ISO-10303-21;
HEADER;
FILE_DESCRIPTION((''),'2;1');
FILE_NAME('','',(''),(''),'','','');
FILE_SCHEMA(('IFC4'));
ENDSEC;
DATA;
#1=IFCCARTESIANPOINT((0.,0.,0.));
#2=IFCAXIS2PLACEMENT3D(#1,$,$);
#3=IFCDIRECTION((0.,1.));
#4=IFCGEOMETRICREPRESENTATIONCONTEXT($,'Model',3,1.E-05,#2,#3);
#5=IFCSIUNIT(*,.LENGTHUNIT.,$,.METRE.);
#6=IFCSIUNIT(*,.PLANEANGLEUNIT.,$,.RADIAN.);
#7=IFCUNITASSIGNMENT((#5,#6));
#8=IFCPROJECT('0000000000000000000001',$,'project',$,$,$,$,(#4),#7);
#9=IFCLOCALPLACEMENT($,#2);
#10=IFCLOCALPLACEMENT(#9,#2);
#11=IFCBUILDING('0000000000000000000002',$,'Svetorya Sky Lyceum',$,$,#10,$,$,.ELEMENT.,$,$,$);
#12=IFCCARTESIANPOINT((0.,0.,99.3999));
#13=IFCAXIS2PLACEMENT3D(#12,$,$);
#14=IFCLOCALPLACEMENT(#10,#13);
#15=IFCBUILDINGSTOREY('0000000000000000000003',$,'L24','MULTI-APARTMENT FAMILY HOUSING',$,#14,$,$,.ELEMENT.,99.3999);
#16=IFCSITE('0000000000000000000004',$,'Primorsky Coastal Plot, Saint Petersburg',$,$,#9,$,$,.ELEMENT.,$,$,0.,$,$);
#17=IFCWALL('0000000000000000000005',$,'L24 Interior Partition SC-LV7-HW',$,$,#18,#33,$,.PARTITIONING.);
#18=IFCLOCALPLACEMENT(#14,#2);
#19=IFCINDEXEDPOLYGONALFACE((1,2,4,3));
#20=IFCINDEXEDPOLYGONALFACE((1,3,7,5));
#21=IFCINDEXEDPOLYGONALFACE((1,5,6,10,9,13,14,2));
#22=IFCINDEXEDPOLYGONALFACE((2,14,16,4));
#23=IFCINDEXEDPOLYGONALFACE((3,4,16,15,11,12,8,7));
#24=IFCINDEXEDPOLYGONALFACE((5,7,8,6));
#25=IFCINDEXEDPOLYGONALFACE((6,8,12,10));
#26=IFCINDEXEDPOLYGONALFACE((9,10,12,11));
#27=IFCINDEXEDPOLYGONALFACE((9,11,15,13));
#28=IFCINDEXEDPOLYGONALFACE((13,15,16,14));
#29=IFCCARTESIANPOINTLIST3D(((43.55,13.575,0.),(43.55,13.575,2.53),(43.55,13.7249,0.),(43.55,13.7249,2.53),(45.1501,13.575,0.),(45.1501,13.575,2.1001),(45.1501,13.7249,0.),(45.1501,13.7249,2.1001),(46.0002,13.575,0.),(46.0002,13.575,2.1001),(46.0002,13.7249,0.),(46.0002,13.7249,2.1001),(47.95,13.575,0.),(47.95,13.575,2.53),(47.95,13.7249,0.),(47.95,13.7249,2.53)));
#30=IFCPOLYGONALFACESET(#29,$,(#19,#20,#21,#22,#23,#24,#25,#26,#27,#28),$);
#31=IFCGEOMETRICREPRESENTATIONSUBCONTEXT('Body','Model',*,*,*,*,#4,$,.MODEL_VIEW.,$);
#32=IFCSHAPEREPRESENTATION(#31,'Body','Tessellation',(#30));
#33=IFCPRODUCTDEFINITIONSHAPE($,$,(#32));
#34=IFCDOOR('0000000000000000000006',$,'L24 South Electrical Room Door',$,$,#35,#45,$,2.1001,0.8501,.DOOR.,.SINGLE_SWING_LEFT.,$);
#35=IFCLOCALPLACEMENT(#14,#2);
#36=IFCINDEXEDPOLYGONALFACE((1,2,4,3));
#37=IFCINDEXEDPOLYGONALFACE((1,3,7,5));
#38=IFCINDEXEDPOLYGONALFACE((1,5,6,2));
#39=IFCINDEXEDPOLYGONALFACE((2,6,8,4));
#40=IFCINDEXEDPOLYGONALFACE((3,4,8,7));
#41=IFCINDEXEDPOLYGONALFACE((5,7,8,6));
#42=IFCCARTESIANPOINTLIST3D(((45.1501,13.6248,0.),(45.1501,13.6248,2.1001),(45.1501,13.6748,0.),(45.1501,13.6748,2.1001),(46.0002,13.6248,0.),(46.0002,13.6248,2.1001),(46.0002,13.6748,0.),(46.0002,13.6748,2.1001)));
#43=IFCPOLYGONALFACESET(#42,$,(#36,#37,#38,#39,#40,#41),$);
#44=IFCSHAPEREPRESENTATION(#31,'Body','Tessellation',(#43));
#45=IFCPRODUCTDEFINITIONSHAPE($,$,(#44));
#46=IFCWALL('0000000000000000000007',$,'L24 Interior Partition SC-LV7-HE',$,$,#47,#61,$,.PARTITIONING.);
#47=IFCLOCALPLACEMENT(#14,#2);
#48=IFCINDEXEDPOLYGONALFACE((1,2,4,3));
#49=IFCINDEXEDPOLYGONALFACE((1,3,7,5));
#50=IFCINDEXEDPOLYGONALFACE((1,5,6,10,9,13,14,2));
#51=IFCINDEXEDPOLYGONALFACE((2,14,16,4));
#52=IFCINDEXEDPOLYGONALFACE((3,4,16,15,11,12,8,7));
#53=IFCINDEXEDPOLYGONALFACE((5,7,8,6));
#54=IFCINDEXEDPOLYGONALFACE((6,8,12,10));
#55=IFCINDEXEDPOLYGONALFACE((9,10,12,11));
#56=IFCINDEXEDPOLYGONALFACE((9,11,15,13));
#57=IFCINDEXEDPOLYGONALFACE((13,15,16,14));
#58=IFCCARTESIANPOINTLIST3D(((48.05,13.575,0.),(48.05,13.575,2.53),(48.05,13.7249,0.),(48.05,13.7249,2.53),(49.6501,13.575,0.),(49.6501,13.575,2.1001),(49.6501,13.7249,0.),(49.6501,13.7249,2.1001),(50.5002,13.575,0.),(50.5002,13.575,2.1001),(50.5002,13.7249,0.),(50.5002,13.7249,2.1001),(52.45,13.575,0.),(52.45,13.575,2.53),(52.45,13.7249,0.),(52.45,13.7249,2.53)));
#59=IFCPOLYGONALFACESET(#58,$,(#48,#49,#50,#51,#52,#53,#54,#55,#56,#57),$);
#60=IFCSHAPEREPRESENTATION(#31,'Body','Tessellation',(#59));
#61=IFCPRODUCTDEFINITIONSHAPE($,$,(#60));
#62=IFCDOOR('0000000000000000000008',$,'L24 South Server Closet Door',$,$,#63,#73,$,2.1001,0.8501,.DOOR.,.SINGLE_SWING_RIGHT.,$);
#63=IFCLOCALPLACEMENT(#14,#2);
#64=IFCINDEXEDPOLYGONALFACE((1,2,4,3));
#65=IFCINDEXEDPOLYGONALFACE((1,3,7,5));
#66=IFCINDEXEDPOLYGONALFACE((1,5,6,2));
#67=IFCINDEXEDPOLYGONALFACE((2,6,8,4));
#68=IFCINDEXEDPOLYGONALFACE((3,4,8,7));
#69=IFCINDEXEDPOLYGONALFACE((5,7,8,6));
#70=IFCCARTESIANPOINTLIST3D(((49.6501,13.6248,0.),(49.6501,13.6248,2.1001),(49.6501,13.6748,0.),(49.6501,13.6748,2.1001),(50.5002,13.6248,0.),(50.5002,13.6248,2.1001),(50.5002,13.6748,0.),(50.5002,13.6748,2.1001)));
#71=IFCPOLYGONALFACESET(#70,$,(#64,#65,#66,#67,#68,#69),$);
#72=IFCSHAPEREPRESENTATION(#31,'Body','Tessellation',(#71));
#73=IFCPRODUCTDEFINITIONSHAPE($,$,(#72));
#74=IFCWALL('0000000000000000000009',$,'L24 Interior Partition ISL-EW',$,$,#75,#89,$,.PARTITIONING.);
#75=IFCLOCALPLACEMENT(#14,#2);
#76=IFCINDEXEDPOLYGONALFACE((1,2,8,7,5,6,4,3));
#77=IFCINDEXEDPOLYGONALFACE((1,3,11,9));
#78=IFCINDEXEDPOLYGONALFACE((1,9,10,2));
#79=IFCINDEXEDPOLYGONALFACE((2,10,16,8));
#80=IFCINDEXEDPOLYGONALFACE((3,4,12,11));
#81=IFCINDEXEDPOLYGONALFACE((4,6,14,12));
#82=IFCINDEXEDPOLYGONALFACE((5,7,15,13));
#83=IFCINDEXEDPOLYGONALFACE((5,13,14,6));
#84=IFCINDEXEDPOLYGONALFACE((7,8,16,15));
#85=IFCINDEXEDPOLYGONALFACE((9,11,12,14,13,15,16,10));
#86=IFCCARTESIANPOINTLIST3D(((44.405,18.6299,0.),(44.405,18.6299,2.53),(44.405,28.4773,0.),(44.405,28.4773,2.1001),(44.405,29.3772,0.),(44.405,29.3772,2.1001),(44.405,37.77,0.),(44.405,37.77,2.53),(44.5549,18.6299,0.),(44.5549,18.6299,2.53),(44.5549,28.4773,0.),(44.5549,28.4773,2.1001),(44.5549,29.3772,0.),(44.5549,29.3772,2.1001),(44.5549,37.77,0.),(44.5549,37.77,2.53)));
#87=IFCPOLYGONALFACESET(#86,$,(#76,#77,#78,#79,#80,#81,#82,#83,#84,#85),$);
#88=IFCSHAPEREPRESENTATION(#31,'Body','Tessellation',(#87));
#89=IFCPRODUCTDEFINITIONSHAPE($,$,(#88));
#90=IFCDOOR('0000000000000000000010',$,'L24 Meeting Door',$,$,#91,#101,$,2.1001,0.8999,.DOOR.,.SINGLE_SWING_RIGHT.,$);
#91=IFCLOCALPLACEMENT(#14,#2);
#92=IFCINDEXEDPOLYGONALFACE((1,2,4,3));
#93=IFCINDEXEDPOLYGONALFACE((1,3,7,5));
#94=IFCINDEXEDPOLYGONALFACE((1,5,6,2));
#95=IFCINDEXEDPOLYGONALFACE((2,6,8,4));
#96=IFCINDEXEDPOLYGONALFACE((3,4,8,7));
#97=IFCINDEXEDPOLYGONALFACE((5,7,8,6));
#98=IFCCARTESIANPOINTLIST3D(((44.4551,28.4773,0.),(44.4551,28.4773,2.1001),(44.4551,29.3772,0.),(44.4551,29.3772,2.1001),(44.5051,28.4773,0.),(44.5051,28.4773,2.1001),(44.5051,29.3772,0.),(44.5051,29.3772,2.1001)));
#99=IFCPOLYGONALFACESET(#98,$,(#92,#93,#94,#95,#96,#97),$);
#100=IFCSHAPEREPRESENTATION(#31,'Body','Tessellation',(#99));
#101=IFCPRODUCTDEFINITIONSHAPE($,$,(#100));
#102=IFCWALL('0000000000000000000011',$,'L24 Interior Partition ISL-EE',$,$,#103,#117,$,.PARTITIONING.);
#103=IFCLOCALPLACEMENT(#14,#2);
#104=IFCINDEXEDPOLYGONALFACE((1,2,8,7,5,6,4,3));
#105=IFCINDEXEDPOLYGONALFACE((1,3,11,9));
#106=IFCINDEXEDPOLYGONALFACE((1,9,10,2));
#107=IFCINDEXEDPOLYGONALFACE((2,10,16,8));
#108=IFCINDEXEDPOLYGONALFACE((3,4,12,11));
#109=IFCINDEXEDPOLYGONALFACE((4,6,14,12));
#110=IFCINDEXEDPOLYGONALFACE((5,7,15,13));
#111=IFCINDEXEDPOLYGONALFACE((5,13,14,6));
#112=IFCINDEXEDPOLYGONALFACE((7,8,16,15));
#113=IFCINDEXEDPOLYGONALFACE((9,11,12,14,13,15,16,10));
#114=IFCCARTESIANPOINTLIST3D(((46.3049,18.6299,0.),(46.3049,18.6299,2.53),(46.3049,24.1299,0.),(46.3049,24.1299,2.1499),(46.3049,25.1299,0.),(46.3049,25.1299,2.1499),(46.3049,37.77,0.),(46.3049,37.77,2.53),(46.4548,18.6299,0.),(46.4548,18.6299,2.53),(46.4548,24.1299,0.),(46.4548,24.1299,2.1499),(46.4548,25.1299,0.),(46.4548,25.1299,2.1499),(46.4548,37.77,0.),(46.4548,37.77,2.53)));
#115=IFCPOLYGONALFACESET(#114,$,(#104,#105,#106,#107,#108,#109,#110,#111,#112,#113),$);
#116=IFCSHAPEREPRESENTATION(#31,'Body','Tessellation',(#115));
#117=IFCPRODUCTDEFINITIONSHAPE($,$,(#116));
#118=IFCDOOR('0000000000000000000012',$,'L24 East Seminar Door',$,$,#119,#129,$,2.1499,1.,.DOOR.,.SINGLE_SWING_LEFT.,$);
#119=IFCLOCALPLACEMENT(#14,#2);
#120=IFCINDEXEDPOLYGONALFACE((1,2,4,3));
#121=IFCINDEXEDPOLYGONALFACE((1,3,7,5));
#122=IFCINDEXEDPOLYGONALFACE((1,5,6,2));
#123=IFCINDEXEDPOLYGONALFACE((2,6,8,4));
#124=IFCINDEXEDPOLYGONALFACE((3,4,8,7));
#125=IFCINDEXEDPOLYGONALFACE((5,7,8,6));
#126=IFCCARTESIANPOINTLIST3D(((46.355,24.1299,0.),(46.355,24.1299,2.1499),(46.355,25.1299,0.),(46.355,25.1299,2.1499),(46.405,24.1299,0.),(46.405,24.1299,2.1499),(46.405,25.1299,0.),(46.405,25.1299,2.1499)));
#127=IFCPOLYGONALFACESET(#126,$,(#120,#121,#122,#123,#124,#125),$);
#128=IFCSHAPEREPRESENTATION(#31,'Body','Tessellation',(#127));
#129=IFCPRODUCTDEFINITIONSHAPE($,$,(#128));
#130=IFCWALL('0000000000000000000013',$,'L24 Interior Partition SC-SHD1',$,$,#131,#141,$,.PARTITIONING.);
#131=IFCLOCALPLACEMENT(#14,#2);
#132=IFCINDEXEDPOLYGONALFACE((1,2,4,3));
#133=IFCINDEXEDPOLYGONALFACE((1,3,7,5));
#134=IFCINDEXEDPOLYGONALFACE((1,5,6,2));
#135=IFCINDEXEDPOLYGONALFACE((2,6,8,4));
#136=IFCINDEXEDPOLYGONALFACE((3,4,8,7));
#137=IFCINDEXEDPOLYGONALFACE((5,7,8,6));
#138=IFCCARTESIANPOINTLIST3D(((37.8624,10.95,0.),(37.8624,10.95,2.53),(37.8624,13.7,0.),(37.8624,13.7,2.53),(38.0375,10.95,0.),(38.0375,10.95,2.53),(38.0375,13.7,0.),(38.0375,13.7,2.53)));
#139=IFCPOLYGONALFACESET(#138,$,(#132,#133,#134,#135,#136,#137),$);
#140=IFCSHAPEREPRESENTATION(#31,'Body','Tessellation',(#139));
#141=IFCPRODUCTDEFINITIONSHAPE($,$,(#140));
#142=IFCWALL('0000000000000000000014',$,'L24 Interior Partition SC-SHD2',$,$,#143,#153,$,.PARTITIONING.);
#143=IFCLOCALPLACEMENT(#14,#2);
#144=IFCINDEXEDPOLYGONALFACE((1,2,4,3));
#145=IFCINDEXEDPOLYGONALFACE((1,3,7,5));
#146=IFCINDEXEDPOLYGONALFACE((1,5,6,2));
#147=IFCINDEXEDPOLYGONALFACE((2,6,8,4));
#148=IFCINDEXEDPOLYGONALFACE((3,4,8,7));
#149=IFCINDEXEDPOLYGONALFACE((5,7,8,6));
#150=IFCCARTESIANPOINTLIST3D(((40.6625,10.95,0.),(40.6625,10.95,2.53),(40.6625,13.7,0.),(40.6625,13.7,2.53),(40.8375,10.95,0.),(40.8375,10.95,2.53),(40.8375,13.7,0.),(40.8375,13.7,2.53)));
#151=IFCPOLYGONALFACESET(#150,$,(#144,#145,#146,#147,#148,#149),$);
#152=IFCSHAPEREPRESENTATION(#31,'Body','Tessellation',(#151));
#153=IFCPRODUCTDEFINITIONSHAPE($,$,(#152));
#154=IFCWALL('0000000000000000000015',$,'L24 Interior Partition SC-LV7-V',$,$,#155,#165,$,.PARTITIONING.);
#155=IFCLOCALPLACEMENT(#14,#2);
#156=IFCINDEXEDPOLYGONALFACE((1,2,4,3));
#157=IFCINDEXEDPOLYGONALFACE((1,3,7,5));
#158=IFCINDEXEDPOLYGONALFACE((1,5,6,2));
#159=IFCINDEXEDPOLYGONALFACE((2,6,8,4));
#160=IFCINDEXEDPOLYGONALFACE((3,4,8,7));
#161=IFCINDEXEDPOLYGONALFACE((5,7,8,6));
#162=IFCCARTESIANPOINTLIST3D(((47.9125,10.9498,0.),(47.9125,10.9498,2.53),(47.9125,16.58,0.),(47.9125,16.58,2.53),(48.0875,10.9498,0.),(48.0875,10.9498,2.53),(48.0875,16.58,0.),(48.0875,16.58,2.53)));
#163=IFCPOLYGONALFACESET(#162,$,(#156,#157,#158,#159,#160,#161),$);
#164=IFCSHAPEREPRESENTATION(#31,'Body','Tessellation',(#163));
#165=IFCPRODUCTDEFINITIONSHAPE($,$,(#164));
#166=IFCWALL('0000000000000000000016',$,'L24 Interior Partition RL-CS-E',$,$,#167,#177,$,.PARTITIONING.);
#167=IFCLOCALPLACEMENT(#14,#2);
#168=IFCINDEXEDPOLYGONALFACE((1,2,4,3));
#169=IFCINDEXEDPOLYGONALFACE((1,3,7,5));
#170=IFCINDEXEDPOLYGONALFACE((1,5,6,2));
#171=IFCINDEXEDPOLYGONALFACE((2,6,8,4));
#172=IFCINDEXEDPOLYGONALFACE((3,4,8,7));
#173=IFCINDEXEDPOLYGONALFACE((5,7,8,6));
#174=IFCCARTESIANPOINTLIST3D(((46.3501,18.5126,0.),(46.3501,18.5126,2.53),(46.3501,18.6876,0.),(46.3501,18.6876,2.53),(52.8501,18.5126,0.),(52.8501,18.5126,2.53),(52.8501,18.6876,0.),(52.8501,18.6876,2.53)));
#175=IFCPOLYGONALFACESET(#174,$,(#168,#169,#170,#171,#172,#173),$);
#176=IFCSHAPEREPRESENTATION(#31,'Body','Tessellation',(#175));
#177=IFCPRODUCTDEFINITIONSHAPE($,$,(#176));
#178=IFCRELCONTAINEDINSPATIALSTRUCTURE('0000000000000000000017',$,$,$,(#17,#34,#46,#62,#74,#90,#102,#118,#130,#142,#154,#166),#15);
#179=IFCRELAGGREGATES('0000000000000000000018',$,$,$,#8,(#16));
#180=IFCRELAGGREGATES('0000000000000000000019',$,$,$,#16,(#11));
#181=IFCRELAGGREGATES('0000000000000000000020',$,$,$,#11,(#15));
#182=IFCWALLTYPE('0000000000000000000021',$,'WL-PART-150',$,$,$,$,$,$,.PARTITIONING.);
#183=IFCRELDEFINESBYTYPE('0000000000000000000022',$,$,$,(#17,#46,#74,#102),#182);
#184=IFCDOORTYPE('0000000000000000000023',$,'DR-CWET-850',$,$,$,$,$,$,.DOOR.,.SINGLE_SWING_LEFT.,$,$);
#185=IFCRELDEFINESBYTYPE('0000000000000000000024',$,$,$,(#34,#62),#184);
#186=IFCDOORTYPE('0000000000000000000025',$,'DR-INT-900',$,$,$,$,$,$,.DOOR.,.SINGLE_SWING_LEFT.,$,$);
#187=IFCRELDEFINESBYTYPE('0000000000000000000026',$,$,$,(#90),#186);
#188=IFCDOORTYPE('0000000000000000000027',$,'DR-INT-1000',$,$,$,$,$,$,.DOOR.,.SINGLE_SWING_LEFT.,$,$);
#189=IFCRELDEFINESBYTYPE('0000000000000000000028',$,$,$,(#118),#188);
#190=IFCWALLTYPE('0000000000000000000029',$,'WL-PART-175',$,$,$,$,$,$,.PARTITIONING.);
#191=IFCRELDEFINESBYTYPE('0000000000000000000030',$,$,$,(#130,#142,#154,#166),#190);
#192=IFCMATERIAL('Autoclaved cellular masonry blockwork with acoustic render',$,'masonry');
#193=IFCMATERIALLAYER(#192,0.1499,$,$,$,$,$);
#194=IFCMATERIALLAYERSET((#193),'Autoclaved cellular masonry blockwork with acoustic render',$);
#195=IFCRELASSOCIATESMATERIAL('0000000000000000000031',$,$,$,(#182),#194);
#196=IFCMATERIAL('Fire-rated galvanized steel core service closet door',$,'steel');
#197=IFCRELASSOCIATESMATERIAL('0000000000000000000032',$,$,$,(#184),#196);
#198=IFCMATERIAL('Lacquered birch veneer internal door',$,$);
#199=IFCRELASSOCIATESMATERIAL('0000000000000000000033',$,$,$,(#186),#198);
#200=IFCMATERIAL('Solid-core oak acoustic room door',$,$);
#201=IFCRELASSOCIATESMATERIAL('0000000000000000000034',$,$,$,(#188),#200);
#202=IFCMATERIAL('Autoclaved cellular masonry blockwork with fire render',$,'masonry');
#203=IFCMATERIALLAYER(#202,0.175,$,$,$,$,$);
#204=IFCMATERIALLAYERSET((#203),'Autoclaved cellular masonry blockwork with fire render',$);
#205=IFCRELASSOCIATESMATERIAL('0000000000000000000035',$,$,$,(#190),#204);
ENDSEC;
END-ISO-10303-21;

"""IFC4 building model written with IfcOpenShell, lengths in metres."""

from ifc_helpers import new_model, si_unit, direction, frame, frame_2d, origin, place, context, subcontext, project, spatial, rectangle, extrude, material, layer, layer_set, type_object, element, fill, save


model = new_model("IFC4")

# Units and contexts
model_context = context("Model", 3, precision=1e-05, world=origin(), true_north=direction((0.0, 1.0)))
body_context = subcontext(model_context, "Body", "Model", "MODEL_VIEW")
ifc_project = project(units=[si_unit("LENGTHUNIT", "METRE"), si_unit("PLANEANGLEUNIT", "RADIAN")], contexts=[model_context])

# Site, building, storey
site_placement = place(None, origin())
site = spatial("IfcSite", under=ifc_project, at=site_placement, Name="Primorsky Coastal Plot, Saint Petersburg", CompositionType="ELEMENT", RefElevation=0.0)
building_placement = place(site_placement, origin())
building = spatial("IfcBuilding", under=site, at=building_placement, Name="Svetorya Sky Lyceum", CompositionType="ELEMENT")
storey_placement = place(building_placement, frame((0.0, 0.0, 99.3999)))
storey = spatial("IfcBuildingStorey", under=building, at=storey_placement, Name="L24", Description="MULTI-APARTMENT FAMILY HOUSING", CompositionType="ELEMENT", Elevation=99.3999)

# Walls, openings, doors
ifc_material_1 = material(Name="Autoclaved cellular masonry blockwork with acoustic render", Category="masonry")
ifc_layer_1 = layer(ifc_material_1, 0.1499)
ifc_layer_set_1 = layer_set([ifc_layer_1], Name="Autoclaved cellular masonry blockwork with acoustic render")
wall_type_1 = type_object("IfcWallType", Name="WL-PART-150", PredefinedType="PARTITIONING", material=ifc_layer_set_1)
wall_1_placement = place(storey_placement, frame((43.55, 13.6499, 0.0), z_axis=(0.0, 0.0, 1.0), x_axis=(1.0, 0.0, 0.0)))
wall_1 = element("IfcWall", 1, at=wall_1_placement, inside=storey, type_object=wall_type_1, Name="L24 Interior Partition SC-LV7-HW", PredefinedType="PARTITIONING", context=body_context, shape_type="SweptSolid", body=[
    extrude(rectangle(XDim=4.3999, YDim=0.1499, at=frame_2d((2.2, 0.0))), origin(), (0.0, 0.0, 1.0), 2.53),
])
opening_1_placement = place(wall_1_placement, frame((1.6001, 0.0, 0.0)))
opening_1 = element("IfcOpeningElement", 2, at=opening_1_placement, cuts=wall_1, PredefinedType="OPENING", context=body_context, shape_type="SweptSolid", body=[
    extrude(rectangle(XDim=0.8501, YDim=2.1001, at=frame_2d((0.425, 1.05))), frame((0.0, 0.085, 0.0), z_axis=(0.0, -1.0, 0.0), x_axis=(1.0, 0.0, 0.0)), (0.0, 0.0, 1.0), 0.1699),
])
ifc_material_2 = material(Name="Fire-rated galvanized steel core service closet door", Category="steel")
door_type_1 = type_object("IfcDoorType", Name="DR-CWET-850", OperationType="SINGLE_SWING_LEFT", PredefinedType="DOOR", material=ifc_material_2)
door_1_placement = place(opening_1_placement, origin())
door_1 = element("IfcDoor", 3, at=door_1_placement, inside=storey, type_object=door_type_1, Name="L24 South Electrical Room Door", OperationType="SINGLE_SWING_LEFT", OverallHeight=2.1001, OverallWidth=0.8501, PredefinedType="DOOR", context=body_context, shape_type="SweptSolid", body=[
    extrude(rectangle(XDim=0.8501, YDim=2.1001, at=frame_2d((0.425, 1.05))), frame((0.0, 0.0249, 0.0), z_axis=(0.0, -1.0, 0.0), x_axis=(1.0, 0.0, 0.0)), (0.0, 0.0, 1.0), 0.05),
])
fill(opening_1, door_1)
wall_2_placement = place(storey_placement, frame((48.05, 13.6499, 0.0), z_axis=(0.0, 0.0, 1.0), x_axis=(1.0, 0.0, 0.0)))
wall_2 = element("IfcWall", 4, at=wall_2_placement, inside=storey, type_object=wall_type_1, Name="L24 Interior Partition SC-LV7-HE", PredefinedType="PARTITIONING", context=body_context, shape_type="SweptSolid", body=[
    extrude(rectangle(XDim=4.3999, YDim=0.1499, at=frame_2d((2.2, 0.0))), origin(), (0.0, 0.0, 1.0), 2.53),
])
opening_2_placement = place(wall_2_placement, frame((1.6001, 0.0, 0.0)))
opening_2 = element("IfcOpeningElement", 5, at=opening_2_placement, cuts=wall_2, PredefinedType="OPENING", context=body_context, shape_type="SweptSolid", body=[
    extrude(rectangle(XDim=0.8501, YDim=2.1001, at=frame_2d((0.425, 1.05))), frame((0.0, 0.085, 0.0), z_axis=(0.0, -1.0, 0.0), x_axis=(1.0, 0.0, 0.0)), (0.0, 0.0, 1.0), 0.1699),
])
door_2_placement = place(opening_2_placement, origin())
door_2 = element("IfcDoor", 6, at=door_2_placement, inside=storey, type_object=door_type_1, Name="L24 South Server Closet Door", OperationType="SINGLE_SWING_RIGHT", OverallHeight=2.1001, OverallWidth=0.8501, PredefinedType="DOOR", context=body_context, shape_type="SweptSolid", body=[
    extrude(rectangle(XDim=0.8501, YDim=2.1001, at=frame_2d((0.425, 1.05))), frame((0.0, 0.0249, 0.0), z_axis=(0.0, -1.0, 0.0), x_axis=(1.0, 0.0, 0.0)), (0.0, 0.0, 1.0), 0.05),
])
fill(opening_2, door_2)
wall_3_placement = place(storey_placement, frame((44.48, 18.6299, 0.0), z_axis=(0.0, 0.0, 1.0), x_axis=(0.0, 1.0, 0.0)))
wall_3 = element("IfcWall", 7, at=wall_3_placement, inside=storey, type_object=wall_type_1, Name="L24 Interior Partition ISL-EW", PredefinedType="PARTITIONING", context=body_context, shape_type="SweptSolid", body=[
    extrude(rectangle(XDim=19.1401, YDim=0.1499, at=frame_2d((9.5701, 0.0))), origin(), (0.0, 0.0, 1.0), 2.53),
])
opening_3_placement = place(wall_3_placement, frame((9.8474, 0.0, 0.0)))
opening_3 = element("IfcOpeningElement", 8, at=opening_3_placement, cuts=wall_3, PredefinedType="OPENING", context=body_context, shape_type="SweptSolid", body=[
    extrude(rectangle(XDim=0.8999, YDim=2.1001, at=frame_2d((0.45, 1.05))), frame((0.0, 0.085, 0.0), z_axis=(0.0, -1.0, 0.0), x_axis=(1.0, 0.0, 0.0)), (0.0, 0.0, 1.0), 0.1699),
])
ifc_material_3 = material(Name="Lacquered birch veneer internal door")
door_type_2 = type_object("IfcDoorType", Name="DR-INT-900", OperationType="SINGLE_SWING_LEFT", PredefinedType="DOOR", material=ifc_material_3)
door_3_placement = place(opening_3_placement, origin())
door_3 = element("IfcDoor", 9, at=door_3_placement, inside=storey, type_object=door_type_2, Name="L24 Meeting Door", OperationType="SINGLE_SWING_RIGHT", OverallHeight=2.1001, OverallWidth=0.8999, PredefinedType="DOOR", context=body_context, shape_type="SweptSolid", body=[
    extrude(rectangle(XDim=0.8999, YDim=2.1001, at=frame_2d((0.45, 1.05))), frame((0.0, 0.0249, 0.0), z_axis=(0.0, -1.0, 0.0), x_axis=(1.0, 0.0, 0.0)), (0.0, 0.0, 1.0), 0.05),
])
fill(opening_3, door_3)
wall_4_placement = place(storey_placement, frame((46.3799, 18.6299, 0.0), z_axis=(0.0, 0.0, 1.0), x_axis=(0.0, 1.0, 0.0)))
wall_4 = element("IfcWall", 10, at=wall_4_placement, inside=storey, type_object=wall_type_1, Name="L24 Interior Partition ISL-EE", PredefinedType="PARTITIONING", context=body_context, shape_type="SweptSolid", body=[
    extrude(rectangle(XDim=19.1401, YDim=0.1499, at=frame_2d((9.5701, 0.0))), origin(), (0.0, 0.0, 1.0), 2.53),
])
opening_4_placement = place(wall_4_placement, frame((5.5, 0.0, 0.0)))
opening_4 = element("IfcOpeningElement", 11, at=opening_4_placement, cuts=wall_4, PredefinedType="OPENING", context=body_context, shape_type="SweptSolid", body=[
    extrude(rectangle(XDim=1.0, YDim=2.1499, at=frame_2d((0.5, 1.075))), frame((0.0, 0.085, 0.0), z_axis=(0.0, -1.0, 0.0), x_axis=(1.0, 0.0, 0.0)), (0.0, 0.0, 1.0), 0.1699),
])
ifc_material_4 = material(Name="Solid-core oak acoustic room door")
door_type_3 = type_object("IfcDoorType", Name="DR-INT-1000", OperationType="SINGLE_SWING_LEFT", PredefinedType="DOOR", material=ifc_material_4)
door_4_placement = place(opening_4_placement, origin())
door_4 = element("IfcDoor", 12, at=door_4_placement, inside=storey, type_object=door_type_3, Name="L24 East Seminar Door", OperationType="SINGLE_SWING_LEFT", OverallHeight=2.1499, OverallWidth=1.0, PredefinedType="DOOR", context=body_context, shape_type="SweptSolid", body=[
    extrude(rectangle(XDim=1.0, YDim=2.1499, at=frame_2d((0.5, 1.075))), frame((0.0, 0.0249, 0.0), z_axis=(0.0, -1.0, 0.0), x_axis=(1.0, 0.0, 0.0)), (0.0, 0.0, 1.0), 0.05),
])
fill(opening_4, door_4)

# Walls
ifc_material_5 = material(Name="Autoclaved cellular masonry blockwork with fire render", Category="masonry")
ifc_layer_2 = layer(ifc_material_5, 0.175)
ifc_layer_set_2 = layer_set([ifc_layer_2], Name="Autoclaved cellular masonry blockwork with fire render")
wall_type_2 = type_object("IfcWallType", Name="WL-PART-175", PredefinedType="PARTITIONING", material=ifc_layer_set_2)
for number, where, z_axis, x_axis, name in (
    (13, (37.95, 10.95, 0.0), (0.0, 0.0, 1.0), (0.0, 1.0, 0.0), "L24 Interior Partition SC-SHD1"),
    (14, (40.75, 10.95, 0.0), (0.0, 0.0, 1.0), (0.0, 1.0, 0.0), "L24 Interior Partition SC-SHD2"),
):
    element("IfcWall", number, at=place(storey_placement, frame(where, z_axis=z_axis, x_axis=x_axis)), inside=storey, type_object=wall_type_2, Name=name, PredefinedType="PARTITIONING", context=body_context, shape_type="SweptSolid", body=[
        extrude(rectangle(XDim=2.75, YDim=0.175, at=frame_2d((1.375, 0.0))), origin(), (0.0, 0.0, 1.0), 2.53),
    ])
wall_5_placement = place(storey_placement, frame((48.0, 10.95, 0.0), z_axis=(0.0, 0.0, 1.0), x_axis=(0.0, 1.0, 0.0)))
element("IfcWall", 15, at=wall_5_placement, inside=storey, type_object=wall_type_2, Name="L24 Interior Partition SC-LV7-V", PredefinedType="PARTITIONING", context=body_context, shape_type="SweptSolid", body=[
    extrude(rectangle(XDim=5.6301, YDim=0.175, at=frame_2d((2.8149, 0.0))), origin(), (0.0, 0.0, 1.0), 2.53),
])
wall_6_placement = place(storey_placement, frame((46.3501, 18.6001, 0.0), z_axis=(0.0, 0.0, 1.0), x_axis=(1.0, 0.0, 0.0)))
element("IfcWall", 16, at=wall_6_placement, inside=storey, type_object=wall_type_2, Name="L24 Interior Partition RL-CS-E", PredefinedType="PARTITIONING", context=body_context, shape_type="SweptSolid", body=[
    extrude(rectangle(XDim=6.5, YDim=0.175, at=frame_2d((3.25, 0.0))), origin(), (0.0, 0.0, 1.0), 2.53),
])

save(model, "model.ifc")
